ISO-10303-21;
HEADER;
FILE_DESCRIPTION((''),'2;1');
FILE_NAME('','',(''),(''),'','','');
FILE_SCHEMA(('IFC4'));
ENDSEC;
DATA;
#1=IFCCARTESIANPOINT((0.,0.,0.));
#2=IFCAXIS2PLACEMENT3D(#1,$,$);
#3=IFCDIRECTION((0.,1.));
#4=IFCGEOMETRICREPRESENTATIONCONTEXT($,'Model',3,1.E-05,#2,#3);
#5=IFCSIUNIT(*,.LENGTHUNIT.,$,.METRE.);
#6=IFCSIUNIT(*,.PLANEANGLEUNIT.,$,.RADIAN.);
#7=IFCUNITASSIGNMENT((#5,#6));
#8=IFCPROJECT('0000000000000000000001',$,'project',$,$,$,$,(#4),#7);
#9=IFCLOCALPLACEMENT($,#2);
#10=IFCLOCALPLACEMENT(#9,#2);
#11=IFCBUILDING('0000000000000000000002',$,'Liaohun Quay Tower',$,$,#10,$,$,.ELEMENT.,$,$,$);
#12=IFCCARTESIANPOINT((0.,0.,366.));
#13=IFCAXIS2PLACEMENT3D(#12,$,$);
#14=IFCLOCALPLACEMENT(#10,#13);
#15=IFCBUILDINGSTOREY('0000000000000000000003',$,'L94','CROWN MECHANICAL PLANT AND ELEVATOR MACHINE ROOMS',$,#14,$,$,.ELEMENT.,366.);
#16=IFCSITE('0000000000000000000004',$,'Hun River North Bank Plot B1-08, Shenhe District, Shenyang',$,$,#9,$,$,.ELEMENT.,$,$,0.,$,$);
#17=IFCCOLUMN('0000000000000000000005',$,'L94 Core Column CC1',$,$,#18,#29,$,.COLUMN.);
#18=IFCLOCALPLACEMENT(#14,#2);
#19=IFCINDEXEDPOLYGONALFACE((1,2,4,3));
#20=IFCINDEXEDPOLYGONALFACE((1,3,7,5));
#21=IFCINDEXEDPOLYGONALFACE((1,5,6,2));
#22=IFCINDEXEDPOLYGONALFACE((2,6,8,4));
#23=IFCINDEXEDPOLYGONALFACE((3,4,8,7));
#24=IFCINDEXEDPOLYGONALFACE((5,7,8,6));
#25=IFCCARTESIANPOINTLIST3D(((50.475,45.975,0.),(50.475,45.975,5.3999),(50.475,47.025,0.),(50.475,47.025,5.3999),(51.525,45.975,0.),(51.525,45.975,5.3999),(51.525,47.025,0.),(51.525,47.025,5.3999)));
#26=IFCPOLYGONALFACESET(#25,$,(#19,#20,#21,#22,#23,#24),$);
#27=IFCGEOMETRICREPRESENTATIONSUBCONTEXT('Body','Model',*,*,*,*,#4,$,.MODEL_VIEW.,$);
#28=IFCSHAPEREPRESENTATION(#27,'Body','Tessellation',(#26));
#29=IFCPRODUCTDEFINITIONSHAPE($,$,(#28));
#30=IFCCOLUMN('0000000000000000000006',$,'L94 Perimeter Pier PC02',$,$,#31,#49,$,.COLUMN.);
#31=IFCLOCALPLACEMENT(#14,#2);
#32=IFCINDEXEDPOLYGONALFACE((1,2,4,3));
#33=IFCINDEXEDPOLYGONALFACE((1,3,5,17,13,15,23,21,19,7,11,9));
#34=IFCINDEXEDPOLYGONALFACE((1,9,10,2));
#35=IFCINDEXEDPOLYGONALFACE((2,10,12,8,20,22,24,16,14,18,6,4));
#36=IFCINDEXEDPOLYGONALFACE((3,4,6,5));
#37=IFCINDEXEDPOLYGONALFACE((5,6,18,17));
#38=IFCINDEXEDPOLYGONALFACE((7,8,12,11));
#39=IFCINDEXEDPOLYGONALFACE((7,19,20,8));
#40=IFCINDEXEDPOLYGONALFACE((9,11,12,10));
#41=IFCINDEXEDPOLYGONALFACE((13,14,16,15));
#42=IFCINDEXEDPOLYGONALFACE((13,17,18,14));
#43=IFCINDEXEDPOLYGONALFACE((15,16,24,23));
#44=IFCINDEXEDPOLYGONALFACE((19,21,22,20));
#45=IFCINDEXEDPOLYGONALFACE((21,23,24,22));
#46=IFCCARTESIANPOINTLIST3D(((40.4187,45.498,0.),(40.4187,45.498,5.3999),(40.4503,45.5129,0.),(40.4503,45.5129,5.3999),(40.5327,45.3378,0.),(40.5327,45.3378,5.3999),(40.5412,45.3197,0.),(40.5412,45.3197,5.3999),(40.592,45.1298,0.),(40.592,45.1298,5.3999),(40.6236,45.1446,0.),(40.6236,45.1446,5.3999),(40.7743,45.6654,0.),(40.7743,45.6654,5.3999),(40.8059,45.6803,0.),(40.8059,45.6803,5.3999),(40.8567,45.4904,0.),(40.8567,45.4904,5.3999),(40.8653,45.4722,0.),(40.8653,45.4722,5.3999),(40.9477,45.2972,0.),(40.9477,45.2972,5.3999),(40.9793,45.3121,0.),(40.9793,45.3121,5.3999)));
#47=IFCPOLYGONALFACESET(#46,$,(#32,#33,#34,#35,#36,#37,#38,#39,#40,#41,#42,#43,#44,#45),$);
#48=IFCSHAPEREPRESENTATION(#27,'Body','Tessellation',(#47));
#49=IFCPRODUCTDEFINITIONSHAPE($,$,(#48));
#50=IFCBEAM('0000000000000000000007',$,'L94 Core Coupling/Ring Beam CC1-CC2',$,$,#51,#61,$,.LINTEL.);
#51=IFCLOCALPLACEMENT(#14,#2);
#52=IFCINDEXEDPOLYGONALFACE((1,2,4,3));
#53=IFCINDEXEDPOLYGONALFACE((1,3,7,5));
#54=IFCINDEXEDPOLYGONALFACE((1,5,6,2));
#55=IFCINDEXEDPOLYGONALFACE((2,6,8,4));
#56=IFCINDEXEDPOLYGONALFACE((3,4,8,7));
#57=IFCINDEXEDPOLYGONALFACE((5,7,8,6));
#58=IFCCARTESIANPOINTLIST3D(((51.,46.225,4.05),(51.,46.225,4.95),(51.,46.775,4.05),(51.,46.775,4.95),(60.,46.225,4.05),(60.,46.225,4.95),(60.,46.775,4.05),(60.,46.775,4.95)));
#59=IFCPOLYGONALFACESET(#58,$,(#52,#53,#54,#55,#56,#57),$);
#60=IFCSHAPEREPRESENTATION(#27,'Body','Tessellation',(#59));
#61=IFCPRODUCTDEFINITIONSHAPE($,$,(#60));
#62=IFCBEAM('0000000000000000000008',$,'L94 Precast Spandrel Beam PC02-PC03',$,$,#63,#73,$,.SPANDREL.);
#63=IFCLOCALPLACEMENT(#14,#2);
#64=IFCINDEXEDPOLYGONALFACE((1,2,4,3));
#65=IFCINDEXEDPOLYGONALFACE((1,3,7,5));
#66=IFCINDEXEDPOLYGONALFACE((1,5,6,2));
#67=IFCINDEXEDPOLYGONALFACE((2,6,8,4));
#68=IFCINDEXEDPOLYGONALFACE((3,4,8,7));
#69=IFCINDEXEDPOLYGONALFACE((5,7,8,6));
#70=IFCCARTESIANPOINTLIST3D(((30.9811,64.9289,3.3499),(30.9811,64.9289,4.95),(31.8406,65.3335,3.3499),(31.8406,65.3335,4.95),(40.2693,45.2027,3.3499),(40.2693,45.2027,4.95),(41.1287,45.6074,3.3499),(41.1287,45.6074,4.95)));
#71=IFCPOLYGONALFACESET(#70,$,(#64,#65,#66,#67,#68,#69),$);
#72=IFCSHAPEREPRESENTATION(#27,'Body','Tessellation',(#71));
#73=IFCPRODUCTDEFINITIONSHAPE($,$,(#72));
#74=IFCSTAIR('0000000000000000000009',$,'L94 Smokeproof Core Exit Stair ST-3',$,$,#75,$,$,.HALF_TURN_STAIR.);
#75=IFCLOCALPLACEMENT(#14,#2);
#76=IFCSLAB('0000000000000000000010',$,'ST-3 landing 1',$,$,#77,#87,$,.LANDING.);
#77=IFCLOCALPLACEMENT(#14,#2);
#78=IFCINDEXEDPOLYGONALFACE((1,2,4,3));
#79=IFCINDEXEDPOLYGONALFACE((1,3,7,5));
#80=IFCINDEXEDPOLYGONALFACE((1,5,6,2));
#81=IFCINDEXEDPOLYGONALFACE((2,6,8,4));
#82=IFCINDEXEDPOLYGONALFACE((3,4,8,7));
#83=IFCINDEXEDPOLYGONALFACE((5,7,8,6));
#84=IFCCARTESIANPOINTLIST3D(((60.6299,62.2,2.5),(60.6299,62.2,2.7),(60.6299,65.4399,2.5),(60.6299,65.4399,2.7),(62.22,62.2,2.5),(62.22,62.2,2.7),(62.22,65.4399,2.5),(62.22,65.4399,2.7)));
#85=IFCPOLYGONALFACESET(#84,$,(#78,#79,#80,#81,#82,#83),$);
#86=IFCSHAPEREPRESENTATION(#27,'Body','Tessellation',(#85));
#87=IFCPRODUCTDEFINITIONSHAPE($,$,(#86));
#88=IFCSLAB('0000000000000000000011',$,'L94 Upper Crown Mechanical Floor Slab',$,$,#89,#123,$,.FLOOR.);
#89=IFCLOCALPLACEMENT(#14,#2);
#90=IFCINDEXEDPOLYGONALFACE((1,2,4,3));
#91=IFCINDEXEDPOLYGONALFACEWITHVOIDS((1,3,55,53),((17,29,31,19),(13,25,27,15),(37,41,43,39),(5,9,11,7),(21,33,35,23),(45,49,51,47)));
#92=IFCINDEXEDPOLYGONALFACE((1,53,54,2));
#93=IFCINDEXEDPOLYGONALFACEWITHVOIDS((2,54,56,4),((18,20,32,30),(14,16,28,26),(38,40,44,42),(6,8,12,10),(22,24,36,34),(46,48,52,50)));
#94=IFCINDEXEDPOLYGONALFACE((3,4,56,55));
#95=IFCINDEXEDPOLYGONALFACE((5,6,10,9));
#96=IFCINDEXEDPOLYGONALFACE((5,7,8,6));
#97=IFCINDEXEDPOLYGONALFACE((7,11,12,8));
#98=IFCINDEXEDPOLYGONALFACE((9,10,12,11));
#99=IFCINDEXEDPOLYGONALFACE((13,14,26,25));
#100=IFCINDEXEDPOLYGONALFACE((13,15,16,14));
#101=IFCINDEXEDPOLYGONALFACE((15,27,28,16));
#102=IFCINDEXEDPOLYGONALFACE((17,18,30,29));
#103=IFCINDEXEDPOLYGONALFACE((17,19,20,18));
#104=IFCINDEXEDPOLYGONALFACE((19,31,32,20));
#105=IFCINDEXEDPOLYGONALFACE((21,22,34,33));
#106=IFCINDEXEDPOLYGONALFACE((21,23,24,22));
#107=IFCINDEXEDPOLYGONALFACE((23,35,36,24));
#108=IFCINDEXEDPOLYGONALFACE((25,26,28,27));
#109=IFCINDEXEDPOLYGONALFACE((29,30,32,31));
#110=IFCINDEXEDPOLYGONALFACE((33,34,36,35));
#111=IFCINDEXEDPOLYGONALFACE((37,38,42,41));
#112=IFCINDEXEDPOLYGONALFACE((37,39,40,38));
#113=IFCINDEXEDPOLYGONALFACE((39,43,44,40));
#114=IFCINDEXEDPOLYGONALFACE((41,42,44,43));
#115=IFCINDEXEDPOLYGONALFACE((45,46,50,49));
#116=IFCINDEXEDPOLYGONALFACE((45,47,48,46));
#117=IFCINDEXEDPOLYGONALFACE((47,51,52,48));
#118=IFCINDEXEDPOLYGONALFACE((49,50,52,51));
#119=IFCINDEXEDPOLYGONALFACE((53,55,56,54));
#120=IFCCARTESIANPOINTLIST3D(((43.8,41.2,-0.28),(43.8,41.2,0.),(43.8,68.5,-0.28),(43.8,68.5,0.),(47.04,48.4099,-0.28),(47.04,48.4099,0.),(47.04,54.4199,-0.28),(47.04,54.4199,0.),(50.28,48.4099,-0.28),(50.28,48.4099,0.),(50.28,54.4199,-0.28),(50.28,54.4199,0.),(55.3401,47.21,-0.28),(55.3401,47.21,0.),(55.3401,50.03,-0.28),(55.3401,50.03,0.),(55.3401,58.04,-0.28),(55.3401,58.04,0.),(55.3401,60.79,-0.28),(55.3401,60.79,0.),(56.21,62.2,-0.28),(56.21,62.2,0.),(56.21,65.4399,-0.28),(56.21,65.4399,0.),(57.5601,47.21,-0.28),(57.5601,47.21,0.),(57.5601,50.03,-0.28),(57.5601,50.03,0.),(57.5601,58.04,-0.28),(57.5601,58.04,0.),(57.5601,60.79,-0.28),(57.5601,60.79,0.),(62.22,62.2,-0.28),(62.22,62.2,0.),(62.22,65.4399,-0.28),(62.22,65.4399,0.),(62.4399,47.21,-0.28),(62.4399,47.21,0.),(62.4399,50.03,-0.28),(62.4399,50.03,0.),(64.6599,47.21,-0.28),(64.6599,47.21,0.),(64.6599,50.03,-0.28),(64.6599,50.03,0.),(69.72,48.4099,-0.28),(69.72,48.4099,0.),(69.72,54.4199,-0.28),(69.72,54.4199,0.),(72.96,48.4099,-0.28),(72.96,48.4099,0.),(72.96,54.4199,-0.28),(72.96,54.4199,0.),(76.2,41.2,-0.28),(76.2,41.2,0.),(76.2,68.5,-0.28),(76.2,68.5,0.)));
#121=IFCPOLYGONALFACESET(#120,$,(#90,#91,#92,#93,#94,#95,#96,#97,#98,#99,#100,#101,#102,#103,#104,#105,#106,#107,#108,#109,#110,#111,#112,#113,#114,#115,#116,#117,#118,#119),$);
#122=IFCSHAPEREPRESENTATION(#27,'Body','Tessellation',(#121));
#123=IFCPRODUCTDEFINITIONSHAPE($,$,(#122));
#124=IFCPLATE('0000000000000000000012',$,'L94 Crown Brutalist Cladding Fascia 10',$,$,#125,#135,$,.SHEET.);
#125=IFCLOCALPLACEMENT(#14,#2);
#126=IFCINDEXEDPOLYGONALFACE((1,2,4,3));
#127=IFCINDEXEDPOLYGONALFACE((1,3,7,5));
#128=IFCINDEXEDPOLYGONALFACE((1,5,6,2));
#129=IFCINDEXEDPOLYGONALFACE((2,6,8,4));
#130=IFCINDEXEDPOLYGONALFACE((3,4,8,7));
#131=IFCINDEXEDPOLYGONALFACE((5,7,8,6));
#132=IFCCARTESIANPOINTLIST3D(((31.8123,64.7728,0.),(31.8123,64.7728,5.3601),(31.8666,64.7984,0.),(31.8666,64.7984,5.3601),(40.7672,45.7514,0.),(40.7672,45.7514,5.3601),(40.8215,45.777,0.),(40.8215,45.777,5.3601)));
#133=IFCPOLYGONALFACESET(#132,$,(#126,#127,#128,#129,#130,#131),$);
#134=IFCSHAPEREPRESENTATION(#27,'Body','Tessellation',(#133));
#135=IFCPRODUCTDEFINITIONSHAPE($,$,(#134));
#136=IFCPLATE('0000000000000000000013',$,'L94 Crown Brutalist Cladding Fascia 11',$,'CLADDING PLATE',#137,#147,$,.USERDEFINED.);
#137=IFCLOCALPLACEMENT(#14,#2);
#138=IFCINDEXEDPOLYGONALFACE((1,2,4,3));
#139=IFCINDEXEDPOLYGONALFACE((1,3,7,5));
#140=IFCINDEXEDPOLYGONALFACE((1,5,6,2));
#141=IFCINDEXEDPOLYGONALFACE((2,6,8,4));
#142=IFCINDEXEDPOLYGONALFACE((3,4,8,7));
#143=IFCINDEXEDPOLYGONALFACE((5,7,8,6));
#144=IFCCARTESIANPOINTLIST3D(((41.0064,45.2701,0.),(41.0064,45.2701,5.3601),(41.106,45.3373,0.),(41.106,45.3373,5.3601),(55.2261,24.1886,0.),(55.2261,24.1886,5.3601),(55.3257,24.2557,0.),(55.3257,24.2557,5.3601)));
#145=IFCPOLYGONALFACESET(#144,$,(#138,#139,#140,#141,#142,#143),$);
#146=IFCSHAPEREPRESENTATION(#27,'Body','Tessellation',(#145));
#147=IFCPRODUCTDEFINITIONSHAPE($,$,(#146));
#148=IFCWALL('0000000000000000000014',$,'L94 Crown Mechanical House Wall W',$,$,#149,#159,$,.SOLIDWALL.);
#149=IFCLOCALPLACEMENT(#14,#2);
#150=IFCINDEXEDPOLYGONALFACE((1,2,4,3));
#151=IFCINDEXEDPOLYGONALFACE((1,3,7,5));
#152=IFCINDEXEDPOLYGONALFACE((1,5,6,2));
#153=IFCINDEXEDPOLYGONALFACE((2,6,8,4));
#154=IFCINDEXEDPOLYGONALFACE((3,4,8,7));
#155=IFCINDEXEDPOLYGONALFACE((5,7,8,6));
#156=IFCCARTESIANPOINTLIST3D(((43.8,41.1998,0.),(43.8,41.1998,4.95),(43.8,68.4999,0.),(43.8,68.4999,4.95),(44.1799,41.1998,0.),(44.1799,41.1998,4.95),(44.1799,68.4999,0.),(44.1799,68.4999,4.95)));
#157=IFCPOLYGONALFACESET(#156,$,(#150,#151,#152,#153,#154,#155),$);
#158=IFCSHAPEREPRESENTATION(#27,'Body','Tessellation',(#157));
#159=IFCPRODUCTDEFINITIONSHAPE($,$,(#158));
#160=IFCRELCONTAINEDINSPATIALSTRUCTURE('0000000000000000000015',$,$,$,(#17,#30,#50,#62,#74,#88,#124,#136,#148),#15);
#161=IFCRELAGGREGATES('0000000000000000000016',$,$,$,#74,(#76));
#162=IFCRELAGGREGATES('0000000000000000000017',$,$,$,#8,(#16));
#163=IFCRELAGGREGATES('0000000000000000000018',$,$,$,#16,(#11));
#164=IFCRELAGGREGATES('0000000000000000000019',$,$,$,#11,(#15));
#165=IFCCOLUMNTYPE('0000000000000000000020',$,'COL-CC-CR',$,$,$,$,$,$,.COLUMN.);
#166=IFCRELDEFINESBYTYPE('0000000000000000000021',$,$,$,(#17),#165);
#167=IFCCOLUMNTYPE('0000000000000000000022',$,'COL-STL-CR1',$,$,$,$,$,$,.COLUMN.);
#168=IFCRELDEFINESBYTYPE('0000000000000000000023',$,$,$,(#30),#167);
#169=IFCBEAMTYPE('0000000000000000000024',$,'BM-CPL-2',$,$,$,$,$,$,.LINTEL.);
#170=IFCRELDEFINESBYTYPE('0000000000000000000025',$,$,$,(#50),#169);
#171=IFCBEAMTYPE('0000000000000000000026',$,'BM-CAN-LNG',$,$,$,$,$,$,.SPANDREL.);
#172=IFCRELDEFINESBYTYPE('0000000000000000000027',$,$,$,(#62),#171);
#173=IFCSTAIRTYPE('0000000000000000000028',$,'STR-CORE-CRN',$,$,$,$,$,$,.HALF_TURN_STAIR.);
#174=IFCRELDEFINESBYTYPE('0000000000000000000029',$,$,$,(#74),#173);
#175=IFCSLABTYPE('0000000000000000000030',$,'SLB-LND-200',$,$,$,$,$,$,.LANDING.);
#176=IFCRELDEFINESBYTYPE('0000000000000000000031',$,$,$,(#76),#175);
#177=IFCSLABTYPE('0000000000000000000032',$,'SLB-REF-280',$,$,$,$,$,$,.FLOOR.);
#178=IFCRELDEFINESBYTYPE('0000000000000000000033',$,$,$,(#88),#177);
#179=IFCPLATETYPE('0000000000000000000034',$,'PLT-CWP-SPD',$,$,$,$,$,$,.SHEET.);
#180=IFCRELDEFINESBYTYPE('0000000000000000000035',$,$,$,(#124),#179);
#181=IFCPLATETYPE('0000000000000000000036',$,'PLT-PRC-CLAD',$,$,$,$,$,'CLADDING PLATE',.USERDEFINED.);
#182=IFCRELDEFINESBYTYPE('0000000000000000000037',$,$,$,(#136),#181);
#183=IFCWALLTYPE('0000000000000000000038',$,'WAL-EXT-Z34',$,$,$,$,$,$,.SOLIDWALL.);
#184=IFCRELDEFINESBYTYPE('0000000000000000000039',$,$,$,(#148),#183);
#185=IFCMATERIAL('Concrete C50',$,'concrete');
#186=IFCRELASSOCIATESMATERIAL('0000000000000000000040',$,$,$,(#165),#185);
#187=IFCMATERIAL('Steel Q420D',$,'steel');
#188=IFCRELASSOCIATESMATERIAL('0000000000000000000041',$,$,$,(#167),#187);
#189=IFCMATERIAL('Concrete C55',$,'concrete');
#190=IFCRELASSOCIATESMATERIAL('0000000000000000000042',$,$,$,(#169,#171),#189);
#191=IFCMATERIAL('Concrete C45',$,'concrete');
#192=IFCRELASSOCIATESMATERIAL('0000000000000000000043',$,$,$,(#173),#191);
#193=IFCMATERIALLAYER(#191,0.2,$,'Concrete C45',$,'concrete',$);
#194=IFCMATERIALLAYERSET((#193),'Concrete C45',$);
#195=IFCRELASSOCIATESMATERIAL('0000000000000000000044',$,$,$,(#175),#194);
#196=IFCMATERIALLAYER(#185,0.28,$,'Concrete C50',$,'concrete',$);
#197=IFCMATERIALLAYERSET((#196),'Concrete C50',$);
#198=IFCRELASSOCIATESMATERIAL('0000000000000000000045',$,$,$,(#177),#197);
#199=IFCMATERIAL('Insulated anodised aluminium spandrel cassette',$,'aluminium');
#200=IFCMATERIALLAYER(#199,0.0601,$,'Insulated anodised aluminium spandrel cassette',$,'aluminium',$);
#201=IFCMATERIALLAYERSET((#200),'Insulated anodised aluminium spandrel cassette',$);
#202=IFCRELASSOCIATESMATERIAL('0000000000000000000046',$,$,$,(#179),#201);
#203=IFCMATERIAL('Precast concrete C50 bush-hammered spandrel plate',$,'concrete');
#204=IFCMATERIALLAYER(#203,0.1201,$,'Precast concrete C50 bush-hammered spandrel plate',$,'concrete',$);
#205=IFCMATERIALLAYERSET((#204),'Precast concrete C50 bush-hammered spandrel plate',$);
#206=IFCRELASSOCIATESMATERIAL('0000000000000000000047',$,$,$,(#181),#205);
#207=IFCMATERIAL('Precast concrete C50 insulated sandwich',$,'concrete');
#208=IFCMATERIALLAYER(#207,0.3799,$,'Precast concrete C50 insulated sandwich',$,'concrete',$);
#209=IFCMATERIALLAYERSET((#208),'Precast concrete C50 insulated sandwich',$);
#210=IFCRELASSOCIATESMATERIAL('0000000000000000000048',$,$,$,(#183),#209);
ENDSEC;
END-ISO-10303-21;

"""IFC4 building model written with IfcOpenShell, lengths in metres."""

from ifc_helpers import new_model, si_unit, direction, frame, frame_2d, origin, origin_2d, place, context, subcontext, project, spatial, polyline, rectangle, i_section, outline, extrude, source, transform, mapped, material, layer, layer_set, material_profile, profile_set, type_object, element, aggregate, save


model = new_model("IFC4")

# Units and contexts
model_context = context("Model", 3, precision=1e-05, world=origin(), true_north=direction((0.0, 1.0)))
body_context = subcontext(model_context, "Body", "Model", "MODEL_VIEW")
ifc_project = project(units=[si_unit("LENGTHUNIT", "METRE"), si_unit("PLANEANGLEUNIT", "RADIAN")], contexts=[model_context])

# Site, building, storey
site_placement = place(None, origin())
site = spatial("IfcSite", under=ifc_project, at=site_placement, Name="Hun River North Bank Plot B1-08, Shenhe District, Shenyang", CompositionType="ELEMENT", RefElevation=0.0)
building_placement = place(site_placement, origin())
building = spatial("IfcBuilding", under=site, at=building_placement, Name="Liaohun Quay Tower", CompositionType="ELEMENT")
storey_placement = place(building_placement, frame((0.0, 0.0, 366.0)))
storey = spatial("IfcBuildingStorey", under=building, at=storey_placement, Name="L94", Description="CROWN MECHANICAL PLANT AND ELEVATOR MACHINE ROOMS", CompositionType="ELEMENT", Elevation=366.0)

# Columns
ifc_material_1 = material(Name="Concrete C50", Category="concrete")
ifc_material_profile_1 = material_profile(ifc_material_1, rectangle(XDim=1.05, YDim=1.05, at=origin_2d()), Name="RC1050x1050")
ifc_profile_set_1 = profile_set([ifc_material_profile_1], Name="Concrete C50")
column_type_1 = type_object("IfcColumnType", Name="COL-CC-CR", PredefinedType="COLUMN", material=ifc_profile_set_1)
shared_shape_1 = source(origin(), body_context, "Body", "SweptSolid", [
    extrude(rectangle(XDim=1.05, YDim=1.05, at=origin_2d()), origin(), (0.0, 0.0, 1.0), 5.3999),
])
column_1_placement = place(storey_placement, frame((51.0, 46.5, 0.0), z_axis=(0.0, 0.0, 1.0), x_axis=(1.0, 0.0, 0.0)))
element("IfcColumn", 1, at=column_1_placement, inside=storey, type_object=column_type_1, Name="L94 Core Column CC1", PredefinedType="COLUMN", context=body_context, shape_type="MappedRepresentation", body=[
    mapped(shared_shape_1, transform((0.0, 0.0, 0.0), x_axis=(1.0, 0.0, 0.0), y_axis=(0.0, 1.0, 0.0), z_axis=(0.0, 0.0, 1.0), scale=1.0)),
])
ifc_material_2 = material(Name="Steel Q420D", Category="steel")
ifc_material_profile_2 = material_profile(ifc_material_2, i_section(OverallWidth=0.407, OverallDepth=0.428, WebThickness=0.02, FlangeThickness=0.0349, at=origin_2d()), Name="HW428x407x20x35")
ifc_profile_set_2 = profile_set([ifc_material_profile_2], Name="Steel Q420D")
column_type_2 = type_object("IfcColumnType", Name="COL-STL-CR1", PredefinedType="COLUMN", material=ifc_profile_set_2)
shared_shape_2 = source(origin(), body_context, "Body", "SweptSolid", [
    extrude(i_section(OverallWidth=0.407, OverallDepth=0.428, WebThickness=0.02, FlangeThickness=0.0349, at=origin_2d()), origin(), (0.0, 0.0, 1.0), 5.3999),
])
column_2_placement = place(storey_placement, frame((40.699, 45.405, 0.0), z_axis=(0.0, 0.0, 1.0), x_axis=(-0.425937, 0.904753, 0.0)))
element("IfcColumn", 2, at=column_2_placement, inside=storey, type_object=column_type_2, Name="L94 Perimeter Pier PC02", PredefinedType="COLUMN", context=body_context, shape_type="MappedRepresentation", body=[
    mapped(shared_shape_2, transform((0.0, 0.0, 0.0), x_axis=(1.0, 0.0, 0.0), y_axis=(0.0, 1.0, 0.0), z_axis=(0.0, 0.0, 1.0), scale=1.0)),
])

# Beams
ifc_material_3 = material(Name="Concrete C55", Category="concrete")
ifc_material_profile_3 = material_profile(ifc_material_3, rectangle(XDim=0.55, YDim=0.8999, at=origin_2d()), Name="RC550x900")
ifc_profile_set_3 = profile_set([ifc_material_profile_3], Name="Concrete C55")
beam_type_1 = type_object("IfcBeamType", Name="BM-CPL-2", PredefinedType="LINTEL", material=ifc_profile_set_3)
shared_shape_3 = source(origin(), body_context, "Body", "SweptSolid", [
    extrude(rectangle(XDim=0.55, YDim=0.8999, at=origin_2d()), origin(), (0.0, 0.0, 1.0), 9.0),
])
beam_1_placement = place(storey_placement, frame((51.0, 46.5, 4.5), z_axis=(1.0, 0.0, 0.0), x_axis=(0.0, 1.0, 0.0)))
element("IfcBeam", 3, at=beam_1_placement, inside=storey, type_object=beam_type_1, Name="L94 Core Coupling/Ring Beam CC1-CC2", PredefinedType="LINTEL", context=body_context, shape_type="MappedRepresentation", body=[
    mapped(shared_shape_3, transform((0.0, 0.0, 0.0), x_axis=(1.0, 0.0, 0.0), y_axis=(0.0, 1.0, 0.0), z_axis=(0.0, 0.0, 1.0), scale=1.0)),
])
ifc_material_profile_4 = material_profile(ifc_material_3, rectangle(XDim=0.95, YDim=1.6001, at=origin_2d()), Name="RC950x1600")
ifc_profile_set_4 = profile_set([ifc_material_profile_4], Name="Concrete C55")
beam_type_2 = type_object("IfcBeamType", Name="BM-CAN-LNG", PredefinedType="SPANDREL", material=ifc_profile_set_4)
shared_shape_4 = source(origin(), body_context, "Body", "SweptSolid", [
    extrude(rectangle(XDim=0.95, YDim=1.6001, at=origin_2d()), origin(), (0.0, 0.0, 1.0), 21.8035),
])
beam_2_placement = place(storey_placement, frame((40.699, 45.405, 4.1499), z_axis=(-0.425993, 0.904726, 0.0), x_axis=(-0.904726, -0.425993, 0.0)))
element("IfcBeam", 4, at=beam_2_placement, inside=storey, type_object=beam_type_2, Name="L94 Precast Spandrel Beam PC02-PC03", PredefinedType="SPANDREL", context=body_context, shape_type="MappedRepresentation", body=[
    mapped(shared_shape_4, transform((0.0, 0.0, 0.0), x_axis=(1.0, 0.0, 0.0), y_axis=(0.0, 1.0, 0.0), z_axis=(0.0, 0.0, 1.0), scale=1.0)),
])

# Stair, slab
ifc_material_4 = material(Name="Concrete C45", Category="concrete")
stair_type = type_object("IfcStairType", Name="STR-CORE-CRN", PredefinedType="HALF_TURN_STAIR", material=ifc_material_4)
stair_placement = place(storey_placement, origin())
stair = element("IfcStair", 5, at=stair_placement, inside=storey, type_object=stair_type, Name="L94 Smokeproof Core Exit Stair ST-3", PredefinedType="HALF_TURN_STAIR")
ifc_layer_1 = layer(ifc_material_4, 0.2, Name="Concrete C45", Category="concrete")
ifc_layer_set_1 = layer_set([ifc_layer_1], Name="Concrete C45")
slab_type_1 = type_object("IfcSlabType", Name="SLB-LND-200", PredefinedType="LANDING", material=ifc_layer_set_1)
slab_1_placement = place(storey_placement, frame((0.0, 0.0, 2.5)))
slab_1 = element("IfcSlab", 6, at=slab_1_placement, type_object=slab_type_1, Name="ST-3 landing 1", PredefinedType="LANDING", context=body_context, shape_type="SweptSolid", body=[
    extrude(outline(polyline([(60.6299, 62.2), (62.22, 62.2), (62.22, 65.4399), (60.6299, 65.4399), (60.6299, 62.2)])), origin(), (0.0, 0.0, 1.0), 0.2),
])
aggregate(stair, [slab_1])

# Slab
ifc_layer_2 = layer(ifc_material_1, 0.28, Name="Concrete C50", Category="concrete")
ifc_layer_set_2 = layer_set([ifc_layer_2], Name="Concrete C50")
slab_type_2 = type_object("IfcSlabType", Name="SLB-REF-280", PredefinedType="FLOOR", material=ifc_layer_set_2)
slab_2_placement = place(storey_placement, frame((0.0, 0.0, -0.28)))
element("IfcSlab", 7, at=slab_2_placement, inside=storey, type_object=slab_type_2, Name="L94 Upper Crown Mechanical Floor Slab", PredefinedType="FLOOR", context=body_context, shape_type="SweptSolid", body=[
    extrude(outline(polyline([(43.8, 41.2), (76.2, 41.2), (76.2, 68.5), (43.8, 68.5), (43.8, 41.2)]), holes=[polyline([(55.3401, 50.03), (55.3401, 47.21), (57.5601, 47.21), (57.5601, 50.03), (55.3401, 50.03)]), polyline([(64.6599, 50.03), (62.4399, 50.03), (62.4399, 47.21), (64.6599, 47.21), (64.6599, 50.03)]), polyline([(47.04, 54.4199), (47.04, 48.4099), (50.28, 48.4099), (50.28, 54.4199), (47.04, 54.4199)]), polyline([(69.72, 48.4099), (72.96, 48.4099), (72.96, 54.4199), (69.72, 54.4199), (69.72, 48.4099)]), polyline([(57.5601, 60.79), (55.3401, 60.79), (55.3401, 58.04), (57.5601, 58.04), (57.5601, 60.79)]), polyline([(62.22, 65.4399), (56.21, 65.4399), (56.21, 62.2), (62.22, 62.2), (62.22, 65.4399)])]), origin(), (0.0, 0.0, 1.0), 0.28),
])

# Plates
ifc_material_5 = material(Name="Insulated anodised aluminium spandrel cassette", Category="aluminium")
ifc_layer_3 = layer(ifc_material_5, 0.0601, Name="Insulated anodised aluminium spandrel cassette", Category="aluminium")
ifc_layer_set_3 = layer_set([ifc_layer_3], Name="Insulated anodised aluminium spandrel cassette")
plate_type_1 = type_object("IfcPlateType", Name="PLT-CWP-SPD", PredefinedType="SHEET", material=ifc_layer_set_3)
shared_shape_5 = source(origin(), body_context, "Body", "SweptSolid", [
    extrude(rectangle(XDim=21.0239, YDim=0.0601, at=origin_2d()), origin(), (0.0, 0.0, 1.0), 5.3601),
])
plate_1_placement = place(storey_placement, frame((36.3169, 55.2749, 0.0), z_axis=(0.0, 0.0, 1.0), x_axis=(0.425937, -0.904753, 0.0)))
element("IfcPlate", 8, at=plate_1_placement, inside=storey, type_object=plate_type_1, Name="L94 Crown Brutalist Cladding Fascia 10", PredefinedType="SHEET", context=body_context, shape_type="MappedRepresentation", body=[
    mapped(shared_shape_5, transform((0.0, 0.0, 0.0), x_axis=(1.0, 0.0, 0.0), y_axis=(0.0, 1.0, 0.0), z_axis=(0.0, 0.0, 1.0), scale=1.0)),
])
ifc_material_6 = material(Name="Precast concrete C50 bush-hammered spandrel plate", Category="concrete")
ifc_layer_4 = layer(ifc_material_6, 0.1201, Name="Precast concrete C50 bush-hammered spandrel plate", Category="concrete")
ifc_layer_set_4 = layer_set([ifc_layer_4], Name="Precast concrete C50 bush-hammered spandrel plate")
plate_type_2 = type_object("IfcPlateType", Name="PLT-PRC-CLAD", ElementType="CLADDING PLATE", PredefinedType="USERDEFINED", material=ifc_layer_set_4)
shared_shape_6 = source(origin(), body_context, "Body", "SweptSolid", [
    extrude(rectangle(XDim=25.429, YDim=0.1201, at=origin_2d()), origin(), (0.0, 0.0, 1.0), 5.3601),
])
plate_2_placement = place(storey_placement, frame((48.166, 34.7629, 0.0), z_axis=(0.0, 0.0, 1.0), x_axis=(0.559193, -0.829038, 0.0)))
element("IfcPlate", 9, at=plate_2_placement, inside=storey, type_object=plate_type_2, Name="L94 Crown Brutalist Cladding Fascia 11", ObjectType="CLADDING PLATE", PredefinedType="USERDEFINED", context=body_context, shape_type="MappedRepresentation", body=[
    mapped(shared_shape_6, transform((0.0, 0.0, 0.0), x_axis=(1.0, 0.0, 0.0), y_axis=(0.0, 1.0, 0.0), z_axis=(0.0, 0.0, 1.0), scale=1.0)),
])

# Wall
ifc_material_7 = material(Name="Precast concrete C50 insulated sandwich", Category="concrete")
ifc_layer_5 = layer(ifc_material_7, 0.3799, Name="Precast concrete C50 insulated sandwich", Category="concrete")
ifc_layer_set_5 = layer_set([ifc_layer_5], Name="Precast concrete C50 insulated sandwich")
wall_type_1 = type_object("IfcWallType", Name="WAL-EXT-Z34", PredefinedType="SOLIDWALL", material=ifc_layer_set_5)
wall_1_placement = place(storey_placement, frame((43.99, 41.2, 0.0), z_axis=(0.0, 0.0, 1.0), x_axis=(0.0, 1.0, 0.0)))
element("IfcWall", 10, at=wall_1_placement, inside=storey, type_object=wall_type_1, Name="L94 Crown Mechanical House Wall W", PredefinedType="SOLIDWALL", context=body_context, shape_type="SweptSolid", body=[
    extrude(rectangle(XDim=27.3, YDim=0.3799, at=frame_2d((13.6499, 0.0))), origin(), (0.0, 0.0, 1.0), 4.95),
])

save(model, "model.ifc")
